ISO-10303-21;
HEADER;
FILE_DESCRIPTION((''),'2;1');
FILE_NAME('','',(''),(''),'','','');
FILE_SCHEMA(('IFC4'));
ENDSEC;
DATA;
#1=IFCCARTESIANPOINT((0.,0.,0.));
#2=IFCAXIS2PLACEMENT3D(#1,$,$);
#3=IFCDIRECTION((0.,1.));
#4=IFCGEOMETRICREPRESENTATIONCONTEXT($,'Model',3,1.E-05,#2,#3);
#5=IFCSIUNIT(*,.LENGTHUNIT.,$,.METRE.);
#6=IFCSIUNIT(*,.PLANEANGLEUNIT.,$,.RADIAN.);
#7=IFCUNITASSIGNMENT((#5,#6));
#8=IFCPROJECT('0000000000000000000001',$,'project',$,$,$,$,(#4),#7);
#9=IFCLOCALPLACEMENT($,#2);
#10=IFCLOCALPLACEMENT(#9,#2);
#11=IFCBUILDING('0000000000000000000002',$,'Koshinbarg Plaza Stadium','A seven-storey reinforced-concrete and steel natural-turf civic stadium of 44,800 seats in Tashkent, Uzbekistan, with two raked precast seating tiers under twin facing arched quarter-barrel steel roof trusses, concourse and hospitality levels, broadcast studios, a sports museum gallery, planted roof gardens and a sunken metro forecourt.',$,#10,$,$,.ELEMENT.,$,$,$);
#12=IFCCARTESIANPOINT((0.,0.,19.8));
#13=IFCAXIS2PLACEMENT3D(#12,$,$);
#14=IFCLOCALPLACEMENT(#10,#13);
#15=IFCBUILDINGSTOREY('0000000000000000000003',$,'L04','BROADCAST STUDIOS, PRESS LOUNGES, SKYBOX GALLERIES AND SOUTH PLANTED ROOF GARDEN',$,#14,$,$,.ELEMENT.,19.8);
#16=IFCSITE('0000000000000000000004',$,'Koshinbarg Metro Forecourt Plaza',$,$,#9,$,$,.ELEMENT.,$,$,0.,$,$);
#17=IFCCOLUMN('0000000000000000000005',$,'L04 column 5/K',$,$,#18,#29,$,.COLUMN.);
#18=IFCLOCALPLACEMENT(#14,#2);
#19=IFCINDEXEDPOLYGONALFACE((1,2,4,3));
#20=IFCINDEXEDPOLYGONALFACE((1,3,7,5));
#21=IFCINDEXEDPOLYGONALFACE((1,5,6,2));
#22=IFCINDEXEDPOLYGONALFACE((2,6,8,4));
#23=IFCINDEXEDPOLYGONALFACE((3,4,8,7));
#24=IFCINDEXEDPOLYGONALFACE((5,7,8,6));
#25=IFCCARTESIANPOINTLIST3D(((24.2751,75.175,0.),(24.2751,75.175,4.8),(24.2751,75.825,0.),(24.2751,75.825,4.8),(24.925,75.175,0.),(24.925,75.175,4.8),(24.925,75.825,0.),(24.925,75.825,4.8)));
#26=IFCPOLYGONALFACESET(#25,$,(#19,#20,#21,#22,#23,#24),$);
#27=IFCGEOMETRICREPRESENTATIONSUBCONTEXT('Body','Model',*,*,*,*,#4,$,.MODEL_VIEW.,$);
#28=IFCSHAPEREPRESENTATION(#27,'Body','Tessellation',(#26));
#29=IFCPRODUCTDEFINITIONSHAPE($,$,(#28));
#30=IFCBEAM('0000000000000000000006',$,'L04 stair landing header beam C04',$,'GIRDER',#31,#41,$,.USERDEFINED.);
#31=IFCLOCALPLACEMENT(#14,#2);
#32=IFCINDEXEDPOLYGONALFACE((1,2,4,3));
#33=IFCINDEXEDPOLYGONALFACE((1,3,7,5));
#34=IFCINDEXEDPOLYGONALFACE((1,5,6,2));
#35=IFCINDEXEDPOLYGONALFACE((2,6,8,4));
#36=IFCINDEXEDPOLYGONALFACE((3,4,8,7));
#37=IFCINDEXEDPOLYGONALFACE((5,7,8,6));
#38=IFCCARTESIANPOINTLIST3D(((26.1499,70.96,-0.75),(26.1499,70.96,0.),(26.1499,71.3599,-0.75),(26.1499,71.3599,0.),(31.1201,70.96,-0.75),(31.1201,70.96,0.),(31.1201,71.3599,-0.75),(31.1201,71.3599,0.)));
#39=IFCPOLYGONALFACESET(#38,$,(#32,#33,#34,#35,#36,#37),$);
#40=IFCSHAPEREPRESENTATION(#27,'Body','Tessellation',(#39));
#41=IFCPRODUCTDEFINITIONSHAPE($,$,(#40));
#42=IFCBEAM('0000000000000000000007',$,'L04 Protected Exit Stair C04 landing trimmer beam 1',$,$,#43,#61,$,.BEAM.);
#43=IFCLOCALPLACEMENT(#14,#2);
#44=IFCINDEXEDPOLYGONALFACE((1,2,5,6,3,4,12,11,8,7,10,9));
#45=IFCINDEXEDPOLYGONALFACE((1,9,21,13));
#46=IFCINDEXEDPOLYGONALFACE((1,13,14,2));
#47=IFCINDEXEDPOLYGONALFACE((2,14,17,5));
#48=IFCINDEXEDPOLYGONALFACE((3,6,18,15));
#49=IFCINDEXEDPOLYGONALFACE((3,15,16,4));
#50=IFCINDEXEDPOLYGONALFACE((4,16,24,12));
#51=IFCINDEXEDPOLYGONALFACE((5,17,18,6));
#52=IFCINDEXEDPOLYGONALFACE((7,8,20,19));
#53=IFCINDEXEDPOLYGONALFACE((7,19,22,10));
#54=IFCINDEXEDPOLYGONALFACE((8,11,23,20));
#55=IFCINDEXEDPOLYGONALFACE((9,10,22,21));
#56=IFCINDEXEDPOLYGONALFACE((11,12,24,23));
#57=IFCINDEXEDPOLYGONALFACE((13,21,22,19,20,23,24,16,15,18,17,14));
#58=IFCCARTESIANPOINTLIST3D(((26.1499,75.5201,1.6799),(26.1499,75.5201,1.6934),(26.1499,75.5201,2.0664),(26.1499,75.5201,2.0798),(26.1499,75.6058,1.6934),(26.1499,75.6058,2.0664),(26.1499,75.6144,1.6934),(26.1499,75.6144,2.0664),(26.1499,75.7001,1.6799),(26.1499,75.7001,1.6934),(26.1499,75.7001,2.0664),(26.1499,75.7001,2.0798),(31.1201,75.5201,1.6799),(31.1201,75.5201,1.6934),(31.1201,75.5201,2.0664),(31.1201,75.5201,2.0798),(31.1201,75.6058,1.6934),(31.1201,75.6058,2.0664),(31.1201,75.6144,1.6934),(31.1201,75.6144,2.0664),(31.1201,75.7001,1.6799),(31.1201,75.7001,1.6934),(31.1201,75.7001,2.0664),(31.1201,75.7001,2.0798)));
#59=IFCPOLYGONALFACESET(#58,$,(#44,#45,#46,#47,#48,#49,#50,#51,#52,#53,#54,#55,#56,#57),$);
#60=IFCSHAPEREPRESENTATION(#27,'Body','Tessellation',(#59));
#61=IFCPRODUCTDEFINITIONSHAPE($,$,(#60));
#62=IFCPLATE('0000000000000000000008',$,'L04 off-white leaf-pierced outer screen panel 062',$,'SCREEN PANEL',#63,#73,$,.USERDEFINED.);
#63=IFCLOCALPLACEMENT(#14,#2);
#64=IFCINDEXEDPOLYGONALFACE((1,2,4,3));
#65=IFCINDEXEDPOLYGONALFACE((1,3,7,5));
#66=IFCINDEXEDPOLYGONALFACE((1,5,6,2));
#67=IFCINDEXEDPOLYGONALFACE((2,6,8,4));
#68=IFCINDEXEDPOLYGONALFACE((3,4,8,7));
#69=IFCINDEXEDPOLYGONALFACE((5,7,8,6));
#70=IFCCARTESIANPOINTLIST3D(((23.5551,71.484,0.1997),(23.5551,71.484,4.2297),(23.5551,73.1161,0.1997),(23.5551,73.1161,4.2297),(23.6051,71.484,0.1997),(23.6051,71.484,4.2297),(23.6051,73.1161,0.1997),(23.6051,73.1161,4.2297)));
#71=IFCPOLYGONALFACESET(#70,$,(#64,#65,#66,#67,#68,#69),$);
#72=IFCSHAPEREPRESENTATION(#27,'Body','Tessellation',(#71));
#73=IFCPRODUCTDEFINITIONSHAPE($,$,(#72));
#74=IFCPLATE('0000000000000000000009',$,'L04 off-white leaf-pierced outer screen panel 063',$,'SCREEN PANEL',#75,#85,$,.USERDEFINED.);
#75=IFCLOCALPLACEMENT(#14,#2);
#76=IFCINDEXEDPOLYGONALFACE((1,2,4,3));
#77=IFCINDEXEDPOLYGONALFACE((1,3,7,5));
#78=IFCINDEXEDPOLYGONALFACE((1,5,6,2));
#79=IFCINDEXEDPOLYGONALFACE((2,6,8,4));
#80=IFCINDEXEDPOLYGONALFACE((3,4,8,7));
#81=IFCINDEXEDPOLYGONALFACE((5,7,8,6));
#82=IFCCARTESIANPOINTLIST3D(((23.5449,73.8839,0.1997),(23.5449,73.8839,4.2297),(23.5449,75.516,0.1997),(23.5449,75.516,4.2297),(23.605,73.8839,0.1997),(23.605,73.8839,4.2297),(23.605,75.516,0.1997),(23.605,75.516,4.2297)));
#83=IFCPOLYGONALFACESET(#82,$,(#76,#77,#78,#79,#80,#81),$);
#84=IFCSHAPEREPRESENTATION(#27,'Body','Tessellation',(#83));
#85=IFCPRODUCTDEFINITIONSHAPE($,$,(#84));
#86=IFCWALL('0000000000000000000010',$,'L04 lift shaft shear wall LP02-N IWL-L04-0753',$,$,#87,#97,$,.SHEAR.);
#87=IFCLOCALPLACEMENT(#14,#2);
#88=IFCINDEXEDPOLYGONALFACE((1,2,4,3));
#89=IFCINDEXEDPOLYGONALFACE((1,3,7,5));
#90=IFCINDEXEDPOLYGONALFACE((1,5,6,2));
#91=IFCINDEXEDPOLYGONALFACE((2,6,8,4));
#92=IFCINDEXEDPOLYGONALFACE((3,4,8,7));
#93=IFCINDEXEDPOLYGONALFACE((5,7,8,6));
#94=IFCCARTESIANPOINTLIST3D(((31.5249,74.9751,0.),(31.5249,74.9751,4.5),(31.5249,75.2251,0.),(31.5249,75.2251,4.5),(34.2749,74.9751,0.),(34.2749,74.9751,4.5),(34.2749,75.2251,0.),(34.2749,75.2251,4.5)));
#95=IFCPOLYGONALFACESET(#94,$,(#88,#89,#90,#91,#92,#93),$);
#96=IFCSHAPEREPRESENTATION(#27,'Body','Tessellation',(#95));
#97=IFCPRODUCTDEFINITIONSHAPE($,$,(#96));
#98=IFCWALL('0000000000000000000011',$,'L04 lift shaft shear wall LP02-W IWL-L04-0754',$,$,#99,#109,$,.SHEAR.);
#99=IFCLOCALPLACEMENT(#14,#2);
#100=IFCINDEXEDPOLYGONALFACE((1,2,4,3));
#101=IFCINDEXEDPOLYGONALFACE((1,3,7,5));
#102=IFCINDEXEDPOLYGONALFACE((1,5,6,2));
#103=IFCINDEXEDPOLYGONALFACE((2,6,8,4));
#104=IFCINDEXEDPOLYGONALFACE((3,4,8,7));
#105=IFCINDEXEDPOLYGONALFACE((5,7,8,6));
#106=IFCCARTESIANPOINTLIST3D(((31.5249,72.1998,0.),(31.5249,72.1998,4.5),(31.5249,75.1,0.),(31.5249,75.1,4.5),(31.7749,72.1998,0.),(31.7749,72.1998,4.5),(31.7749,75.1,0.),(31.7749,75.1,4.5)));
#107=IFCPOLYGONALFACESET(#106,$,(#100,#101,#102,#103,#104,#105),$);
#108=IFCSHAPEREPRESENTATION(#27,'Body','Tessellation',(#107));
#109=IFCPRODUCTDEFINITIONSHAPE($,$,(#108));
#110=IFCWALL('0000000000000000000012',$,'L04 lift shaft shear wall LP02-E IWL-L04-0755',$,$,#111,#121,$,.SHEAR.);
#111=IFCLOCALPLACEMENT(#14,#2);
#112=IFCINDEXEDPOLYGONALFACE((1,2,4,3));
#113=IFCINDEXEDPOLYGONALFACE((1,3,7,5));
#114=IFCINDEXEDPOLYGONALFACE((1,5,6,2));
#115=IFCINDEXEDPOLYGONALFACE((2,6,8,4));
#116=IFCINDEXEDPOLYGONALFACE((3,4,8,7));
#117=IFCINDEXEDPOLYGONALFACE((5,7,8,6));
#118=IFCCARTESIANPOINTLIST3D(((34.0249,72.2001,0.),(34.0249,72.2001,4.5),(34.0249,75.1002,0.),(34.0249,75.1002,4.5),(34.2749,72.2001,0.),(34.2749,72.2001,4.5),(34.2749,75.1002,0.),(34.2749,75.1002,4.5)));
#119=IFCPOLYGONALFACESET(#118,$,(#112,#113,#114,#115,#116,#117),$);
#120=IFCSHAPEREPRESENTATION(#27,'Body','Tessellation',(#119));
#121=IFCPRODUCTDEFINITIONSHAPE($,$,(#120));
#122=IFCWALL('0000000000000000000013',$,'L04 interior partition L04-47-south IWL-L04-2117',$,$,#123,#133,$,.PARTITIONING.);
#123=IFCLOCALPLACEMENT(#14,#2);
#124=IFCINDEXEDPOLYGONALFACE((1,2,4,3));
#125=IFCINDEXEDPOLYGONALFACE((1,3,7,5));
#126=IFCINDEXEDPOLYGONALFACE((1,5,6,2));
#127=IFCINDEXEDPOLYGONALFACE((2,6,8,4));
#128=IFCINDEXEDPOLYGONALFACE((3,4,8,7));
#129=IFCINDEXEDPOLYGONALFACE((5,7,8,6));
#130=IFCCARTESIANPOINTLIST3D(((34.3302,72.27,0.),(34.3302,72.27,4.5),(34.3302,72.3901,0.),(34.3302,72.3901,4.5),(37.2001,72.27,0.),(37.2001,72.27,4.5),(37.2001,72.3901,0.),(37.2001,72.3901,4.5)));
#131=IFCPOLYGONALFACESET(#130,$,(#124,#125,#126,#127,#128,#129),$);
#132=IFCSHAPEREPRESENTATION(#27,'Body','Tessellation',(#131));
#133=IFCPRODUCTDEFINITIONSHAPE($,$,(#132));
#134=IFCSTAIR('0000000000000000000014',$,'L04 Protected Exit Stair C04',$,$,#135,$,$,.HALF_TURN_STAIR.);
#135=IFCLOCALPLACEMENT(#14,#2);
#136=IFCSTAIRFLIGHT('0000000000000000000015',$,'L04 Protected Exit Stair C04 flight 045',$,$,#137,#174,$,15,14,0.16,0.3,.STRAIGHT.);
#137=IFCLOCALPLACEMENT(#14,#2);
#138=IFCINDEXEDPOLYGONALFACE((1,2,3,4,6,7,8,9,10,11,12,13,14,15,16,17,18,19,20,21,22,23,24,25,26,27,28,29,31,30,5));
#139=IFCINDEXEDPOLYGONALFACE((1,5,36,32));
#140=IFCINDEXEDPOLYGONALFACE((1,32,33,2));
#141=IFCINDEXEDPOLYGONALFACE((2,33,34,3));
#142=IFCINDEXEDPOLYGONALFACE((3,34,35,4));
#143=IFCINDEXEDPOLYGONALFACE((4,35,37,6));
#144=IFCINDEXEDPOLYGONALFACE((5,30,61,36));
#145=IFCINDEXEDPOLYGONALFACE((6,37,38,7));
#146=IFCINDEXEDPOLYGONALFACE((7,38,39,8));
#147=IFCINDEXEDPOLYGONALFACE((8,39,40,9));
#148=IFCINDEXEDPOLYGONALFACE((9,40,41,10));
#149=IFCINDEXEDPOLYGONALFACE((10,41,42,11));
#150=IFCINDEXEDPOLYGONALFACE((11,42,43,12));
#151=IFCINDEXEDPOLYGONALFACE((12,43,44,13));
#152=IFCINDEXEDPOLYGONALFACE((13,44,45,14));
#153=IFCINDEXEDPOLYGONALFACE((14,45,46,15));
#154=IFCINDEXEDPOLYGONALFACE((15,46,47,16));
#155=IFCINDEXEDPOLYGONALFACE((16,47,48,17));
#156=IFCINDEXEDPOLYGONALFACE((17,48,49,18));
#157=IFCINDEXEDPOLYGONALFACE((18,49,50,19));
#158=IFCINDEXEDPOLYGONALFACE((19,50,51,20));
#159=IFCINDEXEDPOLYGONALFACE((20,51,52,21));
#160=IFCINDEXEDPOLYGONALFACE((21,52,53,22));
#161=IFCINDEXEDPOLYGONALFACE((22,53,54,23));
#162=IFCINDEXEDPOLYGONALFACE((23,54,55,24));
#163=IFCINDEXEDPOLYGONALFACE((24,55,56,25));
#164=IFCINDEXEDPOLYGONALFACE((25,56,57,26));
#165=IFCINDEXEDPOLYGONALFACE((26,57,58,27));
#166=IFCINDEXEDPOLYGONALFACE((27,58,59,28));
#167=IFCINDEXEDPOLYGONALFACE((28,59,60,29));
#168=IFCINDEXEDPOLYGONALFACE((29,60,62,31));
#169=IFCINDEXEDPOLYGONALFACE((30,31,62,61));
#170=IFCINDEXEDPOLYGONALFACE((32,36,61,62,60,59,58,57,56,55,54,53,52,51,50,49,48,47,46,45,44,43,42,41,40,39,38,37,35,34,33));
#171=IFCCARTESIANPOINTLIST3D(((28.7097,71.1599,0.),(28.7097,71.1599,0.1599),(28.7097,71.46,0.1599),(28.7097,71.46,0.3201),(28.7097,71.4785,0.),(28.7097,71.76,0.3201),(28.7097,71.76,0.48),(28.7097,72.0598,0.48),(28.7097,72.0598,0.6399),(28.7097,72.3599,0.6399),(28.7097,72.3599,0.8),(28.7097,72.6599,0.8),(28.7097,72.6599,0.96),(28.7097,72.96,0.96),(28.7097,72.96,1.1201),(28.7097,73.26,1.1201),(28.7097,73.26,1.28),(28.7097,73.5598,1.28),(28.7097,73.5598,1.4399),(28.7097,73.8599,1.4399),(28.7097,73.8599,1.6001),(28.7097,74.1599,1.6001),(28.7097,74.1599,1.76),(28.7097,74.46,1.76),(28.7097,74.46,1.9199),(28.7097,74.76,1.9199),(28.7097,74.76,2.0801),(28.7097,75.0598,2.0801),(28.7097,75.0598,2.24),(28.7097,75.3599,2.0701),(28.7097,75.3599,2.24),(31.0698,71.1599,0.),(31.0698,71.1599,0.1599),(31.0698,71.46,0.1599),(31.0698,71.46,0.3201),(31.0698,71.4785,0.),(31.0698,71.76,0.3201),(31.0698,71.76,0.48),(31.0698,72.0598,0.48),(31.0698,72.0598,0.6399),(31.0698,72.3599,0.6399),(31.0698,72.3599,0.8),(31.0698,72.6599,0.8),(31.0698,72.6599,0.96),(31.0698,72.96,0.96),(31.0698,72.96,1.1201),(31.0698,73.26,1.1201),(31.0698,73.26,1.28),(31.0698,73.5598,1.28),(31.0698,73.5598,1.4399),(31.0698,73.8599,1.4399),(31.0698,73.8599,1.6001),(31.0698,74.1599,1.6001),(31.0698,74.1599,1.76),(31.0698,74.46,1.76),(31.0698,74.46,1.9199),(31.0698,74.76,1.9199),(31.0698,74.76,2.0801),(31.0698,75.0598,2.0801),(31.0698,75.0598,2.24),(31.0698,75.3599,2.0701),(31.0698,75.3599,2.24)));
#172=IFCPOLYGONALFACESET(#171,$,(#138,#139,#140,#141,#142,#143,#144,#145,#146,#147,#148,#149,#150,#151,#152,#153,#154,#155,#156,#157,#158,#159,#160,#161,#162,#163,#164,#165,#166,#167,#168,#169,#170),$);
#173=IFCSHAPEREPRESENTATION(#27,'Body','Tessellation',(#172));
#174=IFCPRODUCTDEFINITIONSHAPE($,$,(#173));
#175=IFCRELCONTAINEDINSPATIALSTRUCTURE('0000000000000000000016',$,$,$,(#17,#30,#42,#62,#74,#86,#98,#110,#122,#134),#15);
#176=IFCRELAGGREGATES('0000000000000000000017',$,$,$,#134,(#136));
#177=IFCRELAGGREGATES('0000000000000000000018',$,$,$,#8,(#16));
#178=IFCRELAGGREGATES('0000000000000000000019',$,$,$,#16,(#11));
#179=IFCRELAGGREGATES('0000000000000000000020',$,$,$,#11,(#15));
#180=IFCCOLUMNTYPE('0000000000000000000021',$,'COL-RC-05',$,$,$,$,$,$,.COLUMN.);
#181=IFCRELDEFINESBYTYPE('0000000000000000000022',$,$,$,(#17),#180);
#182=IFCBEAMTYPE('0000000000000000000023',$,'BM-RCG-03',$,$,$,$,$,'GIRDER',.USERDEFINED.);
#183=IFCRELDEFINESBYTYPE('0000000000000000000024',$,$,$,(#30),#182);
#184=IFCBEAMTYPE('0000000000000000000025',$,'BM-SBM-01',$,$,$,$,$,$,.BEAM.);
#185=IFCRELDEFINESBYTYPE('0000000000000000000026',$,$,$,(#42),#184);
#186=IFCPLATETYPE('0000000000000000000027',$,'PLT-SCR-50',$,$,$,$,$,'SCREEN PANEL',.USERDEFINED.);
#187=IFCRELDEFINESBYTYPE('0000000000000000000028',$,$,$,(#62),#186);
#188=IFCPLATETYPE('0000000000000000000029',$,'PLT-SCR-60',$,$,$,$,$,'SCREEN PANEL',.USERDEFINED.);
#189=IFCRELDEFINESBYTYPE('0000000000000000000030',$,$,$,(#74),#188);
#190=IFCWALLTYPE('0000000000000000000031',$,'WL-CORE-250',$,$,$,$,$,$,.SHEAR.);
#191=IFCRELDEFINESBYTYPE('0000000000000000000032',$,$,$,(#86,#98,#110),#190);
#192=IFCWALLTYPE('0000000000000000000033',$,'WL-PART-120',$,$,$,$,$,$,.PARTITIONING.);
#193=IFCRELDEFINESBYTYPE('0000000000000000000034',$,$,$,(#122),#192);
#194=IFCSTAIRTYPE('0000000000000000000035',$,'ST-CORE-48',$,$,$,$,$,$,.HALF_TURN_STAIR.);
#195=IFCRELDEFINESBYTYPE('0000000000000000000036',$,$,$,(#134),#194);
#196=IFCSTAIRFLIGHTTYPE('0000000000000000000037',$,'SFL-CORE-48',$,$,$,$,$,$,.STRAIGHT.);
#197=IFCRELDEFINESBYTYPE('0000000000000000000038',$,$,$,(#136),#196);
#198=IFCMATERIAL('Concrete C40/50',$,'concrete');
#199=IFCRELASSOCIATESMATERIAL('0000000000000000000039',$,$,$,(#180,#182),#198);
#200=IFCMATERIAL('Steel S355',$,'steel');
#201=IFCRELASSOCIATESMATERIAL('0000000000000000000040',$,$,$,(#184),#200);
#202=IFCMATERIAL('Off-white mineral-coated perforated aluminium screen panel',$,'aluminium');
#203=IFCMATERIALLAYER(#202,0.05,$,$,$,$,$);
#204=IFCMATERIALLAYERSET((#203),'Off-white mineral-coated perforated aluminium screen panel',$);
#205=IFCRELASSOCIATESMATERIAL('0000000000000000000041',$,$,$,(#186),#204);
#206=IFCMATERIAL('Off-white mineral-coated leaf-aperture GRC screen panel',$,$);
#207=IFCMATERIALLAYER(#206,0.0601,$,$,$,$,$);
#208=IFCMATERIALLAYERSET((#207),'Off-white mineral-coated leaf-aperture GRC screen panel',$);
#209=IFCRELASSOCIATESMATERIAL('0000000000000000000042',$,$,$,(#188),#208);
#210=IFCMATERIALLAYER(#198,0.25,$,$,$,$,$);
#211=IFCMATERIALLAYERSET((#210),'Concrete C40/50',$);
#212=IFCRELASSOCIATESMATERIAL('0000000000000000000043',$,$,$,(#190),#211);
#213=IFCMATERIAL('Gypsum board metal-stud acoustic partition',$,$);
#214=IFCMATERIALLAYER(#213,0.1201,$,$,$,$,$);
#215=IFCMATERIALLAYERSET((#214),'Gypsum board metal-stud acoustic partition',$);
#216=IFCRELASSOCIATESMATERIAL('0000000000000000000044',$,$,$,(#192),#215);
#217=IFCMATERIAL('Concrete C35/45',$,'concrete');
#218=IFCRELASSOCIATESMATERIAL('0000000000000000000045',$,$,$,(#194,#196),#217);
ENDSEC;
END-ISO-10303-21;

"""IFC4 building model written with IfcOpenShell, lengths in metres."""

from ifc_helpers import new_model, si_unit, direction, frame, frame_2d, origin, origin_2d, place, context, subcontext, project, spatial, polyline, rectangle, i_section, outline, extrude, material, layer, layer_set, material_profile, profile_set, type_object, element, aggregate, save


model = new_model("IFC4")

# Units and contexts
model_context = context("Model", 3, precision=1e-05, world=origin(), true_north=direction((0.0, 1.0)))
body_context = subcontext(model_context, "Body", "Model", "MODEL_VIEW")
ifc_project = project(units=[si_unit("LENGTHUNIT", "METRE"), si_unit("PLANEANGLEUNIT", "RADIAN")], contexts=[model_context])

# Site, building, storey
site_placement = place(None, origin())
site = spatial("IfcSite", under=ifc_project, at=site_placement, Name="Koshinbarg Metro Forecourt Plaza", CompositionType="ELEMENT", RefElevation=0.0)
building_placement = place(site_placement, origin())
building = spatial("IfcBuilding", under=site, at=building_placement, Name="Koshinbarg Plaza Stadium", Description="A seven-storey reinforced-concrete and steel natural-turf civic stadium of 44,800 seats in Tashkent, Uzbekistan, with two raked precast seating tiers under twin facing arched quarter-barrel steel roof trusses, concourse and hospitality levels, broadcast studios, a sports museum gallery, planted roof gardens and a sunken metro forecourt.", CompositionType="ELEMENT")
storey_placement = place(building_placement, frame((0.0, 0.0, 19.8)))
storey = spatial("IfcBuildingStorey", under=building, at=storey_placement, Name="L04", Description="BROADCAST STUDIOS, PRESS LOUNGES, SKYBOX GALLERIES AND SOUTH PLANTED ROOF GARDEN", CompositionType="ELEMENT", Elevation=19.8)

# Column
ifc_material_1 = material(Name="Concrete C40/50", Category="concrete")
ifc_material_profile_1 = material_profile(ifc_material_1, rectangle(XDim=0.6499, YDim=0.6499, at=origin_2d()), Name="RC 650x650")
ifc_profile_set_1 = profile_set([ifc_material_profile_1], Name="Concrete C40/50")
column_type = type_object("IfcColumnType", Name="COL-RC-05", PredefinedType="COLUMN", material=ifc_profile_set_1)
column_placement = place(storey_placement, frame((24.6001, 75.5, 0.0), z_axis=(0.0, 0.0, 1.0), x_axis=(1.0, 0.0, 0.0)))
element("IfcColumn", 1, at=column_placement, inside=storey, type_object=column_type, Name="L04 column 5/K", PredefinedType="COLUMN", context=body_context, shape_type="SweptSolid", body=[
    extrude(rectangle(XDim=0.6499, YDim=0.6499, at=origin_2d()), origin(), (0.0, 0.0, 1.0), 4.8),
])

# Beams
ifc_material_profile_2 = material_profile(ifc_material_1, rectangle(XDim=0.3999, YDim=0.75, at=origin_2d()), Name="RC 400x750")
ifc_profile_set_2 = profile_set([ifc_material_profile_2], Name="Concrete C40/50")
beam_type_1 = type_object("IfcBeamType", Name="BM-RCG-03", ElementType="GIRDER", PredefinedType="USERDEFINED", material=ifc_profile_set_2)
beam_1_placement = place(storey_placement, frame((26.1499, 71.1599, -0.375), z_axis=(1.0, 0.0, 0.0), x_axis=(0.0, 1.0, 0.0)))
element("IfcBeam", 2, at=beam_1_placement, inside=storey, type_object=beam_type_1, Name="L04 stair landing header beam C04", ObjectType="GIRDER", PredefinedType="USERDEFINED", context=body_context, shape_type="SweptSolid", body=[
    extrude(rectangle(XDim=0.3999, YDim=0.75, at=origin_2d()), origin(), (0.0, 0.0, 1.0), 4.9702),
])
ifc_material_2 = material(Name="Steel S355", Category="steel")
ifc_material_profile_3 = material_profile(ifc_material_2, i_section(OverallWidth=0.1799, OverallDepth=0.3999, WebThickness=0.0085, FlangeThickness=0.0134, at=origin_2d()), Name="IPE 400")
ifc_profile_set_3 = profile_set([ifc_material_profile_3], Name="Steel S355")
beam_type_2 = type_object("IfcBeamType", Name="BM-SBM-01", PredefinedType="BEAM", material=ifc_profile_set_3)
beam_2_placement = place(storey_placement, frame((26.1499, 75.6101, 1.8799), z_axis=(1.0, 0.0, 0.0), x_axis=(0.0, 1.0, 0.0)))
element("IfcBeam", 3, at=beam_2_placement, inside=storey, type_object=beam_type_2, Name="L04 Protected Exit Stair C04 landing trimmer beam 1", PredefinedType="BEAM", context=body_context, shape_type="SweptSolid", body=[
    extrude(i_section(OverallWidth=0.1799, OverallDepth=0.3999, WebThickness=0.0085, FlangeThickness=0.0134, at=origin_2d()), origin(), (0.0, 0.0, 1.0), 4.9702),
])

# Plates
ifc_material_3 = material(Name="Off-white mineral-coated perforated aluminium screen panel", Category="aluminium")
ifc_layer_1 = layer(ifc_material_3, 0.05)
ifc_layer_set_1 = layer_set([ifc_layer_1], Name="Off-white mineral-coated perforated aluminium screen panel")
plate_type_1 = type_object("IfcPlateType", Name="PLT-SCR-50", ElementType="SCREEN PANEL", PredefinedType="USERDEFINED", material=ifc_layer_set_1)
plate_1_placement = place(storey_placement, frame((23.5801, 72.3, 0.1997), z_axis=(0.0, 0.0, 1.0), x_axis=(1.0, 0.0, 0.0)))
element("IfcPlate", 4, at=plate_1_placement, inside=storey, type_object=plate_type_1, Name="L04 off-white leaf-pierced outer screen panel 062", ObjectType="SCREEN PANEL", PredefinedType="USERDEFINED", context=body_context, shape_type="SweptSolid", body=[
    extrude(rectangle(XDim=0.05, YDim=1.6321, at=origin_2d()), origin(), (0.0, 0.0, 1.0), 4.03),
])
ifc_material_4 = material(Name="Off-white mineral-coated leaf-aperture GRC screen panel")
ifc_layer_2 = layer(ifc_material_4, 0.0601)
ifc_layer_set_2 = layer_set([ifc_layer_2], Name="Off-white mineral-coated leaf-aperture GRC screen panel")
plate_type_2 = type_object("IfcPlateType", Name="PLT-SCR-60", ElementType="SCREEN PANEL", PredefinedType="USERDEFINED", material=ifc_layer_set_2)
plate_2_placement = place(storey_placement, frame((23.575, 74.7, 0.1997), z_axis=(0.0, 0.0, 1.0), x_axis=(1.0, 0.0, 0.0)))
element("IfcPlate", 5, at=plate_2_placement, inside=storey, type_object=plate_type_2, Name="L04 off-white leaf-pierced outer screen panel 063", ObjectType="SCREEN PANEL", PredefinedType="USERDEFINED", context=body_context, shape_type="SweptSolid", body=[
    extrude(rectangle(XDim=0.0601, YDim=1.6321, at=origin_2d()), origin(), (0.0, 0.0, 1.0), 4.03),
])

# Shared definitions
ifc_layer_3 = layer(ifc_material_1, 0.25)
ifc_layer_set_3 = layer_set([ifc_layer_3], Name="Concrete C40/50")
wall_type_1 = type_object("IfcWallType", Name="WL-CORE-250", PredefinedType="SHEAR", material=ifc_layer_set_3)

# Walls
wall_1_placement = place(storey_placement, frame((34.2749, 75.1001, 0.0), z_axis=(0.0, 0.0, 1.0), x_axis=(-1.0, 0.0, 0.0)))
element("IfcWall", 6, at=wall_1_placement, inside=storey, type_object=wall_type_1, Name="L04 lift shaft shear wall LP02-N IWL-L04-0753", PredefinedType="SHEAR", context=body_context, shape_type="SweptSolid", body=[
    extrude(rectangle(XDim=2.75, YDim=0.25, at=frame_2d((1.375, 0.0))), origin(), (0.0, 0.0, 1.0), 4.5),
])
for number, where, z_axis, x_axis, name in (
    (7, (31.6499, 75.1001, 0.0), (0.0, 0.0, 1.0), (0.0, -1.0, 0.0), "L04 lift shaft shear wall LP02-W IWL-L04-0754"),
    (8, (34.1499, 72.2, 0.0), (0.0, 0.0, 1.0), (0.0, 1.0, 0.0), "L04 lift shaft shear wall LP02-E IWL-L04-0755"),
):
    element("IfcWall", number, at=place(storey_placement, frame(where, z_axis=z_axis, x_axis=x_axis)), inside=storey, type_object=wall_type_1, Name=name, PredefinedType="SHEAR", context=body_context, shape_type="SweptSolid", body=[
        extrude(rectangle(XDim=2.9001, YDim=0.25, at=frame_2d((1.4502, 0.0))), origin(), (0.0, 0.0, 1.0), 4.5),
    ])
ifc_material_5 = material(Name="Gypsum board metal-stud acoustic partition")
ifc_layer_4 = layer(ifc_material_5, 0.1201)
ifc_layer_set_4 = layer_set([ifc_layer_4], Name="Gypsum board metal-stud acoustic partition")
wall_type_2 = type_object("IfcWallType", Name="WL-PART-120", PredefinedType="PARTITIONING", material=ifc_layer_set_4)
wall_2_placement = place(storey_placement, frame((34.3301, 72.3301, 0.0), z_axis=(0.0, 0.0, 1.0), x_axis=(1.0, 0.0, 0.0)))
element("IfcWall", 9, at=wall_2_placement, inside=storey, type_object=wall_type_2, Name="L04 interior partition L04-47-south IWL-L04-2117", PredefinedType="PARTITIONING", context=body_context, shape_type="SweptSolid", body=[
    extrude(rectangle(XDim=2.8699, YDim=0.1201, at=frame_2d((1.4351, 0.0))), origin(), (0.0, 0.0, 1.0), 4.5),
])

# Stair, stair flight
ifc_material_6 = material(Name="Concrete C35/45", Category="concrete")
stair_type = type_object("IfcStairType", Name="ST-CORE-48", PredefinedType="HALF_TURN_STAIR", material=ifc_material_6)
stair_placement = place(storey_placement, origin())
stair = element("IfcStair", 10, at=stair_placement, inside=storey, type_object=stair_type, Name="L04 Protected Exit Stair C04", PredefinedType="HALF_TURN_STAIR")
stair_flight_type = type_object("IfcStairFlightType", Name="SFL-CORE-48", PredefinedType="STRAIGHT", material=ifc_material_6)
stair_flight_1_placement = place(storey_placement, frame((29.8899, 71.1599, 0.0), z_axis=(0.0, 0.0, 1.0), x_axis=(0.0, 1.0, 0.0)))
stair_flight_1 = element("IfcStairFlight", 11, at=stair_flight_1_placement, type_object=stair_flight_type, Name="L04 Protected Exit Stair C04 flight 045", NumberOfRisers=15, NumberOfTreads=14, PredefinedType="STRAIGHT", RiserHeight=0.16, TreadLength=0.3, context=body_context, shape_type="SweptSolid", body=[
    extrude(outline(polyline([(0.0, 0.0), (0.0, 0.1599), (0.3, 0.1599), (0.3, 0.3201), (0.6001, 0.3201), (0.6001, 0.48), (0.8999, 0.48), (0.8999, 0.6399), (1.2, 0.6399), (1.2, 0.8), (1.5, 0.8), (1.5, 0.96), (1.8, 0.96), (1.8, 1.1201), (2.1001, 1.1201), (2.1001, 1.28), (2.3999, 1.28), (2.3999, 1.4399), (2.7, 1.4399), (2.7, 1.6001), (3.0, 1.6001), (3.0, 1.76), (3.3, 1.76), (3.3, 1.9199), (3.6001, 1.9199), (3.6001, 2.0801), (3.8999, 2.0801), (3.8999, 2.24), (4.2, 2.24), (4.2, 2.3999), (4.2, 2.0701), (0.3186, 0.0), (0.0, 0.0)])), frame((0.0, 1.1802, 0.0), z_axis=(0.0, -1.0, 0.0), x_axis=(1.0, 0.0, 0.0)), (0.0, 0.0, 1.0), 2.3601),
])
aggregate(stair, [stair_flight_1])

save(model, "model.ifc")
